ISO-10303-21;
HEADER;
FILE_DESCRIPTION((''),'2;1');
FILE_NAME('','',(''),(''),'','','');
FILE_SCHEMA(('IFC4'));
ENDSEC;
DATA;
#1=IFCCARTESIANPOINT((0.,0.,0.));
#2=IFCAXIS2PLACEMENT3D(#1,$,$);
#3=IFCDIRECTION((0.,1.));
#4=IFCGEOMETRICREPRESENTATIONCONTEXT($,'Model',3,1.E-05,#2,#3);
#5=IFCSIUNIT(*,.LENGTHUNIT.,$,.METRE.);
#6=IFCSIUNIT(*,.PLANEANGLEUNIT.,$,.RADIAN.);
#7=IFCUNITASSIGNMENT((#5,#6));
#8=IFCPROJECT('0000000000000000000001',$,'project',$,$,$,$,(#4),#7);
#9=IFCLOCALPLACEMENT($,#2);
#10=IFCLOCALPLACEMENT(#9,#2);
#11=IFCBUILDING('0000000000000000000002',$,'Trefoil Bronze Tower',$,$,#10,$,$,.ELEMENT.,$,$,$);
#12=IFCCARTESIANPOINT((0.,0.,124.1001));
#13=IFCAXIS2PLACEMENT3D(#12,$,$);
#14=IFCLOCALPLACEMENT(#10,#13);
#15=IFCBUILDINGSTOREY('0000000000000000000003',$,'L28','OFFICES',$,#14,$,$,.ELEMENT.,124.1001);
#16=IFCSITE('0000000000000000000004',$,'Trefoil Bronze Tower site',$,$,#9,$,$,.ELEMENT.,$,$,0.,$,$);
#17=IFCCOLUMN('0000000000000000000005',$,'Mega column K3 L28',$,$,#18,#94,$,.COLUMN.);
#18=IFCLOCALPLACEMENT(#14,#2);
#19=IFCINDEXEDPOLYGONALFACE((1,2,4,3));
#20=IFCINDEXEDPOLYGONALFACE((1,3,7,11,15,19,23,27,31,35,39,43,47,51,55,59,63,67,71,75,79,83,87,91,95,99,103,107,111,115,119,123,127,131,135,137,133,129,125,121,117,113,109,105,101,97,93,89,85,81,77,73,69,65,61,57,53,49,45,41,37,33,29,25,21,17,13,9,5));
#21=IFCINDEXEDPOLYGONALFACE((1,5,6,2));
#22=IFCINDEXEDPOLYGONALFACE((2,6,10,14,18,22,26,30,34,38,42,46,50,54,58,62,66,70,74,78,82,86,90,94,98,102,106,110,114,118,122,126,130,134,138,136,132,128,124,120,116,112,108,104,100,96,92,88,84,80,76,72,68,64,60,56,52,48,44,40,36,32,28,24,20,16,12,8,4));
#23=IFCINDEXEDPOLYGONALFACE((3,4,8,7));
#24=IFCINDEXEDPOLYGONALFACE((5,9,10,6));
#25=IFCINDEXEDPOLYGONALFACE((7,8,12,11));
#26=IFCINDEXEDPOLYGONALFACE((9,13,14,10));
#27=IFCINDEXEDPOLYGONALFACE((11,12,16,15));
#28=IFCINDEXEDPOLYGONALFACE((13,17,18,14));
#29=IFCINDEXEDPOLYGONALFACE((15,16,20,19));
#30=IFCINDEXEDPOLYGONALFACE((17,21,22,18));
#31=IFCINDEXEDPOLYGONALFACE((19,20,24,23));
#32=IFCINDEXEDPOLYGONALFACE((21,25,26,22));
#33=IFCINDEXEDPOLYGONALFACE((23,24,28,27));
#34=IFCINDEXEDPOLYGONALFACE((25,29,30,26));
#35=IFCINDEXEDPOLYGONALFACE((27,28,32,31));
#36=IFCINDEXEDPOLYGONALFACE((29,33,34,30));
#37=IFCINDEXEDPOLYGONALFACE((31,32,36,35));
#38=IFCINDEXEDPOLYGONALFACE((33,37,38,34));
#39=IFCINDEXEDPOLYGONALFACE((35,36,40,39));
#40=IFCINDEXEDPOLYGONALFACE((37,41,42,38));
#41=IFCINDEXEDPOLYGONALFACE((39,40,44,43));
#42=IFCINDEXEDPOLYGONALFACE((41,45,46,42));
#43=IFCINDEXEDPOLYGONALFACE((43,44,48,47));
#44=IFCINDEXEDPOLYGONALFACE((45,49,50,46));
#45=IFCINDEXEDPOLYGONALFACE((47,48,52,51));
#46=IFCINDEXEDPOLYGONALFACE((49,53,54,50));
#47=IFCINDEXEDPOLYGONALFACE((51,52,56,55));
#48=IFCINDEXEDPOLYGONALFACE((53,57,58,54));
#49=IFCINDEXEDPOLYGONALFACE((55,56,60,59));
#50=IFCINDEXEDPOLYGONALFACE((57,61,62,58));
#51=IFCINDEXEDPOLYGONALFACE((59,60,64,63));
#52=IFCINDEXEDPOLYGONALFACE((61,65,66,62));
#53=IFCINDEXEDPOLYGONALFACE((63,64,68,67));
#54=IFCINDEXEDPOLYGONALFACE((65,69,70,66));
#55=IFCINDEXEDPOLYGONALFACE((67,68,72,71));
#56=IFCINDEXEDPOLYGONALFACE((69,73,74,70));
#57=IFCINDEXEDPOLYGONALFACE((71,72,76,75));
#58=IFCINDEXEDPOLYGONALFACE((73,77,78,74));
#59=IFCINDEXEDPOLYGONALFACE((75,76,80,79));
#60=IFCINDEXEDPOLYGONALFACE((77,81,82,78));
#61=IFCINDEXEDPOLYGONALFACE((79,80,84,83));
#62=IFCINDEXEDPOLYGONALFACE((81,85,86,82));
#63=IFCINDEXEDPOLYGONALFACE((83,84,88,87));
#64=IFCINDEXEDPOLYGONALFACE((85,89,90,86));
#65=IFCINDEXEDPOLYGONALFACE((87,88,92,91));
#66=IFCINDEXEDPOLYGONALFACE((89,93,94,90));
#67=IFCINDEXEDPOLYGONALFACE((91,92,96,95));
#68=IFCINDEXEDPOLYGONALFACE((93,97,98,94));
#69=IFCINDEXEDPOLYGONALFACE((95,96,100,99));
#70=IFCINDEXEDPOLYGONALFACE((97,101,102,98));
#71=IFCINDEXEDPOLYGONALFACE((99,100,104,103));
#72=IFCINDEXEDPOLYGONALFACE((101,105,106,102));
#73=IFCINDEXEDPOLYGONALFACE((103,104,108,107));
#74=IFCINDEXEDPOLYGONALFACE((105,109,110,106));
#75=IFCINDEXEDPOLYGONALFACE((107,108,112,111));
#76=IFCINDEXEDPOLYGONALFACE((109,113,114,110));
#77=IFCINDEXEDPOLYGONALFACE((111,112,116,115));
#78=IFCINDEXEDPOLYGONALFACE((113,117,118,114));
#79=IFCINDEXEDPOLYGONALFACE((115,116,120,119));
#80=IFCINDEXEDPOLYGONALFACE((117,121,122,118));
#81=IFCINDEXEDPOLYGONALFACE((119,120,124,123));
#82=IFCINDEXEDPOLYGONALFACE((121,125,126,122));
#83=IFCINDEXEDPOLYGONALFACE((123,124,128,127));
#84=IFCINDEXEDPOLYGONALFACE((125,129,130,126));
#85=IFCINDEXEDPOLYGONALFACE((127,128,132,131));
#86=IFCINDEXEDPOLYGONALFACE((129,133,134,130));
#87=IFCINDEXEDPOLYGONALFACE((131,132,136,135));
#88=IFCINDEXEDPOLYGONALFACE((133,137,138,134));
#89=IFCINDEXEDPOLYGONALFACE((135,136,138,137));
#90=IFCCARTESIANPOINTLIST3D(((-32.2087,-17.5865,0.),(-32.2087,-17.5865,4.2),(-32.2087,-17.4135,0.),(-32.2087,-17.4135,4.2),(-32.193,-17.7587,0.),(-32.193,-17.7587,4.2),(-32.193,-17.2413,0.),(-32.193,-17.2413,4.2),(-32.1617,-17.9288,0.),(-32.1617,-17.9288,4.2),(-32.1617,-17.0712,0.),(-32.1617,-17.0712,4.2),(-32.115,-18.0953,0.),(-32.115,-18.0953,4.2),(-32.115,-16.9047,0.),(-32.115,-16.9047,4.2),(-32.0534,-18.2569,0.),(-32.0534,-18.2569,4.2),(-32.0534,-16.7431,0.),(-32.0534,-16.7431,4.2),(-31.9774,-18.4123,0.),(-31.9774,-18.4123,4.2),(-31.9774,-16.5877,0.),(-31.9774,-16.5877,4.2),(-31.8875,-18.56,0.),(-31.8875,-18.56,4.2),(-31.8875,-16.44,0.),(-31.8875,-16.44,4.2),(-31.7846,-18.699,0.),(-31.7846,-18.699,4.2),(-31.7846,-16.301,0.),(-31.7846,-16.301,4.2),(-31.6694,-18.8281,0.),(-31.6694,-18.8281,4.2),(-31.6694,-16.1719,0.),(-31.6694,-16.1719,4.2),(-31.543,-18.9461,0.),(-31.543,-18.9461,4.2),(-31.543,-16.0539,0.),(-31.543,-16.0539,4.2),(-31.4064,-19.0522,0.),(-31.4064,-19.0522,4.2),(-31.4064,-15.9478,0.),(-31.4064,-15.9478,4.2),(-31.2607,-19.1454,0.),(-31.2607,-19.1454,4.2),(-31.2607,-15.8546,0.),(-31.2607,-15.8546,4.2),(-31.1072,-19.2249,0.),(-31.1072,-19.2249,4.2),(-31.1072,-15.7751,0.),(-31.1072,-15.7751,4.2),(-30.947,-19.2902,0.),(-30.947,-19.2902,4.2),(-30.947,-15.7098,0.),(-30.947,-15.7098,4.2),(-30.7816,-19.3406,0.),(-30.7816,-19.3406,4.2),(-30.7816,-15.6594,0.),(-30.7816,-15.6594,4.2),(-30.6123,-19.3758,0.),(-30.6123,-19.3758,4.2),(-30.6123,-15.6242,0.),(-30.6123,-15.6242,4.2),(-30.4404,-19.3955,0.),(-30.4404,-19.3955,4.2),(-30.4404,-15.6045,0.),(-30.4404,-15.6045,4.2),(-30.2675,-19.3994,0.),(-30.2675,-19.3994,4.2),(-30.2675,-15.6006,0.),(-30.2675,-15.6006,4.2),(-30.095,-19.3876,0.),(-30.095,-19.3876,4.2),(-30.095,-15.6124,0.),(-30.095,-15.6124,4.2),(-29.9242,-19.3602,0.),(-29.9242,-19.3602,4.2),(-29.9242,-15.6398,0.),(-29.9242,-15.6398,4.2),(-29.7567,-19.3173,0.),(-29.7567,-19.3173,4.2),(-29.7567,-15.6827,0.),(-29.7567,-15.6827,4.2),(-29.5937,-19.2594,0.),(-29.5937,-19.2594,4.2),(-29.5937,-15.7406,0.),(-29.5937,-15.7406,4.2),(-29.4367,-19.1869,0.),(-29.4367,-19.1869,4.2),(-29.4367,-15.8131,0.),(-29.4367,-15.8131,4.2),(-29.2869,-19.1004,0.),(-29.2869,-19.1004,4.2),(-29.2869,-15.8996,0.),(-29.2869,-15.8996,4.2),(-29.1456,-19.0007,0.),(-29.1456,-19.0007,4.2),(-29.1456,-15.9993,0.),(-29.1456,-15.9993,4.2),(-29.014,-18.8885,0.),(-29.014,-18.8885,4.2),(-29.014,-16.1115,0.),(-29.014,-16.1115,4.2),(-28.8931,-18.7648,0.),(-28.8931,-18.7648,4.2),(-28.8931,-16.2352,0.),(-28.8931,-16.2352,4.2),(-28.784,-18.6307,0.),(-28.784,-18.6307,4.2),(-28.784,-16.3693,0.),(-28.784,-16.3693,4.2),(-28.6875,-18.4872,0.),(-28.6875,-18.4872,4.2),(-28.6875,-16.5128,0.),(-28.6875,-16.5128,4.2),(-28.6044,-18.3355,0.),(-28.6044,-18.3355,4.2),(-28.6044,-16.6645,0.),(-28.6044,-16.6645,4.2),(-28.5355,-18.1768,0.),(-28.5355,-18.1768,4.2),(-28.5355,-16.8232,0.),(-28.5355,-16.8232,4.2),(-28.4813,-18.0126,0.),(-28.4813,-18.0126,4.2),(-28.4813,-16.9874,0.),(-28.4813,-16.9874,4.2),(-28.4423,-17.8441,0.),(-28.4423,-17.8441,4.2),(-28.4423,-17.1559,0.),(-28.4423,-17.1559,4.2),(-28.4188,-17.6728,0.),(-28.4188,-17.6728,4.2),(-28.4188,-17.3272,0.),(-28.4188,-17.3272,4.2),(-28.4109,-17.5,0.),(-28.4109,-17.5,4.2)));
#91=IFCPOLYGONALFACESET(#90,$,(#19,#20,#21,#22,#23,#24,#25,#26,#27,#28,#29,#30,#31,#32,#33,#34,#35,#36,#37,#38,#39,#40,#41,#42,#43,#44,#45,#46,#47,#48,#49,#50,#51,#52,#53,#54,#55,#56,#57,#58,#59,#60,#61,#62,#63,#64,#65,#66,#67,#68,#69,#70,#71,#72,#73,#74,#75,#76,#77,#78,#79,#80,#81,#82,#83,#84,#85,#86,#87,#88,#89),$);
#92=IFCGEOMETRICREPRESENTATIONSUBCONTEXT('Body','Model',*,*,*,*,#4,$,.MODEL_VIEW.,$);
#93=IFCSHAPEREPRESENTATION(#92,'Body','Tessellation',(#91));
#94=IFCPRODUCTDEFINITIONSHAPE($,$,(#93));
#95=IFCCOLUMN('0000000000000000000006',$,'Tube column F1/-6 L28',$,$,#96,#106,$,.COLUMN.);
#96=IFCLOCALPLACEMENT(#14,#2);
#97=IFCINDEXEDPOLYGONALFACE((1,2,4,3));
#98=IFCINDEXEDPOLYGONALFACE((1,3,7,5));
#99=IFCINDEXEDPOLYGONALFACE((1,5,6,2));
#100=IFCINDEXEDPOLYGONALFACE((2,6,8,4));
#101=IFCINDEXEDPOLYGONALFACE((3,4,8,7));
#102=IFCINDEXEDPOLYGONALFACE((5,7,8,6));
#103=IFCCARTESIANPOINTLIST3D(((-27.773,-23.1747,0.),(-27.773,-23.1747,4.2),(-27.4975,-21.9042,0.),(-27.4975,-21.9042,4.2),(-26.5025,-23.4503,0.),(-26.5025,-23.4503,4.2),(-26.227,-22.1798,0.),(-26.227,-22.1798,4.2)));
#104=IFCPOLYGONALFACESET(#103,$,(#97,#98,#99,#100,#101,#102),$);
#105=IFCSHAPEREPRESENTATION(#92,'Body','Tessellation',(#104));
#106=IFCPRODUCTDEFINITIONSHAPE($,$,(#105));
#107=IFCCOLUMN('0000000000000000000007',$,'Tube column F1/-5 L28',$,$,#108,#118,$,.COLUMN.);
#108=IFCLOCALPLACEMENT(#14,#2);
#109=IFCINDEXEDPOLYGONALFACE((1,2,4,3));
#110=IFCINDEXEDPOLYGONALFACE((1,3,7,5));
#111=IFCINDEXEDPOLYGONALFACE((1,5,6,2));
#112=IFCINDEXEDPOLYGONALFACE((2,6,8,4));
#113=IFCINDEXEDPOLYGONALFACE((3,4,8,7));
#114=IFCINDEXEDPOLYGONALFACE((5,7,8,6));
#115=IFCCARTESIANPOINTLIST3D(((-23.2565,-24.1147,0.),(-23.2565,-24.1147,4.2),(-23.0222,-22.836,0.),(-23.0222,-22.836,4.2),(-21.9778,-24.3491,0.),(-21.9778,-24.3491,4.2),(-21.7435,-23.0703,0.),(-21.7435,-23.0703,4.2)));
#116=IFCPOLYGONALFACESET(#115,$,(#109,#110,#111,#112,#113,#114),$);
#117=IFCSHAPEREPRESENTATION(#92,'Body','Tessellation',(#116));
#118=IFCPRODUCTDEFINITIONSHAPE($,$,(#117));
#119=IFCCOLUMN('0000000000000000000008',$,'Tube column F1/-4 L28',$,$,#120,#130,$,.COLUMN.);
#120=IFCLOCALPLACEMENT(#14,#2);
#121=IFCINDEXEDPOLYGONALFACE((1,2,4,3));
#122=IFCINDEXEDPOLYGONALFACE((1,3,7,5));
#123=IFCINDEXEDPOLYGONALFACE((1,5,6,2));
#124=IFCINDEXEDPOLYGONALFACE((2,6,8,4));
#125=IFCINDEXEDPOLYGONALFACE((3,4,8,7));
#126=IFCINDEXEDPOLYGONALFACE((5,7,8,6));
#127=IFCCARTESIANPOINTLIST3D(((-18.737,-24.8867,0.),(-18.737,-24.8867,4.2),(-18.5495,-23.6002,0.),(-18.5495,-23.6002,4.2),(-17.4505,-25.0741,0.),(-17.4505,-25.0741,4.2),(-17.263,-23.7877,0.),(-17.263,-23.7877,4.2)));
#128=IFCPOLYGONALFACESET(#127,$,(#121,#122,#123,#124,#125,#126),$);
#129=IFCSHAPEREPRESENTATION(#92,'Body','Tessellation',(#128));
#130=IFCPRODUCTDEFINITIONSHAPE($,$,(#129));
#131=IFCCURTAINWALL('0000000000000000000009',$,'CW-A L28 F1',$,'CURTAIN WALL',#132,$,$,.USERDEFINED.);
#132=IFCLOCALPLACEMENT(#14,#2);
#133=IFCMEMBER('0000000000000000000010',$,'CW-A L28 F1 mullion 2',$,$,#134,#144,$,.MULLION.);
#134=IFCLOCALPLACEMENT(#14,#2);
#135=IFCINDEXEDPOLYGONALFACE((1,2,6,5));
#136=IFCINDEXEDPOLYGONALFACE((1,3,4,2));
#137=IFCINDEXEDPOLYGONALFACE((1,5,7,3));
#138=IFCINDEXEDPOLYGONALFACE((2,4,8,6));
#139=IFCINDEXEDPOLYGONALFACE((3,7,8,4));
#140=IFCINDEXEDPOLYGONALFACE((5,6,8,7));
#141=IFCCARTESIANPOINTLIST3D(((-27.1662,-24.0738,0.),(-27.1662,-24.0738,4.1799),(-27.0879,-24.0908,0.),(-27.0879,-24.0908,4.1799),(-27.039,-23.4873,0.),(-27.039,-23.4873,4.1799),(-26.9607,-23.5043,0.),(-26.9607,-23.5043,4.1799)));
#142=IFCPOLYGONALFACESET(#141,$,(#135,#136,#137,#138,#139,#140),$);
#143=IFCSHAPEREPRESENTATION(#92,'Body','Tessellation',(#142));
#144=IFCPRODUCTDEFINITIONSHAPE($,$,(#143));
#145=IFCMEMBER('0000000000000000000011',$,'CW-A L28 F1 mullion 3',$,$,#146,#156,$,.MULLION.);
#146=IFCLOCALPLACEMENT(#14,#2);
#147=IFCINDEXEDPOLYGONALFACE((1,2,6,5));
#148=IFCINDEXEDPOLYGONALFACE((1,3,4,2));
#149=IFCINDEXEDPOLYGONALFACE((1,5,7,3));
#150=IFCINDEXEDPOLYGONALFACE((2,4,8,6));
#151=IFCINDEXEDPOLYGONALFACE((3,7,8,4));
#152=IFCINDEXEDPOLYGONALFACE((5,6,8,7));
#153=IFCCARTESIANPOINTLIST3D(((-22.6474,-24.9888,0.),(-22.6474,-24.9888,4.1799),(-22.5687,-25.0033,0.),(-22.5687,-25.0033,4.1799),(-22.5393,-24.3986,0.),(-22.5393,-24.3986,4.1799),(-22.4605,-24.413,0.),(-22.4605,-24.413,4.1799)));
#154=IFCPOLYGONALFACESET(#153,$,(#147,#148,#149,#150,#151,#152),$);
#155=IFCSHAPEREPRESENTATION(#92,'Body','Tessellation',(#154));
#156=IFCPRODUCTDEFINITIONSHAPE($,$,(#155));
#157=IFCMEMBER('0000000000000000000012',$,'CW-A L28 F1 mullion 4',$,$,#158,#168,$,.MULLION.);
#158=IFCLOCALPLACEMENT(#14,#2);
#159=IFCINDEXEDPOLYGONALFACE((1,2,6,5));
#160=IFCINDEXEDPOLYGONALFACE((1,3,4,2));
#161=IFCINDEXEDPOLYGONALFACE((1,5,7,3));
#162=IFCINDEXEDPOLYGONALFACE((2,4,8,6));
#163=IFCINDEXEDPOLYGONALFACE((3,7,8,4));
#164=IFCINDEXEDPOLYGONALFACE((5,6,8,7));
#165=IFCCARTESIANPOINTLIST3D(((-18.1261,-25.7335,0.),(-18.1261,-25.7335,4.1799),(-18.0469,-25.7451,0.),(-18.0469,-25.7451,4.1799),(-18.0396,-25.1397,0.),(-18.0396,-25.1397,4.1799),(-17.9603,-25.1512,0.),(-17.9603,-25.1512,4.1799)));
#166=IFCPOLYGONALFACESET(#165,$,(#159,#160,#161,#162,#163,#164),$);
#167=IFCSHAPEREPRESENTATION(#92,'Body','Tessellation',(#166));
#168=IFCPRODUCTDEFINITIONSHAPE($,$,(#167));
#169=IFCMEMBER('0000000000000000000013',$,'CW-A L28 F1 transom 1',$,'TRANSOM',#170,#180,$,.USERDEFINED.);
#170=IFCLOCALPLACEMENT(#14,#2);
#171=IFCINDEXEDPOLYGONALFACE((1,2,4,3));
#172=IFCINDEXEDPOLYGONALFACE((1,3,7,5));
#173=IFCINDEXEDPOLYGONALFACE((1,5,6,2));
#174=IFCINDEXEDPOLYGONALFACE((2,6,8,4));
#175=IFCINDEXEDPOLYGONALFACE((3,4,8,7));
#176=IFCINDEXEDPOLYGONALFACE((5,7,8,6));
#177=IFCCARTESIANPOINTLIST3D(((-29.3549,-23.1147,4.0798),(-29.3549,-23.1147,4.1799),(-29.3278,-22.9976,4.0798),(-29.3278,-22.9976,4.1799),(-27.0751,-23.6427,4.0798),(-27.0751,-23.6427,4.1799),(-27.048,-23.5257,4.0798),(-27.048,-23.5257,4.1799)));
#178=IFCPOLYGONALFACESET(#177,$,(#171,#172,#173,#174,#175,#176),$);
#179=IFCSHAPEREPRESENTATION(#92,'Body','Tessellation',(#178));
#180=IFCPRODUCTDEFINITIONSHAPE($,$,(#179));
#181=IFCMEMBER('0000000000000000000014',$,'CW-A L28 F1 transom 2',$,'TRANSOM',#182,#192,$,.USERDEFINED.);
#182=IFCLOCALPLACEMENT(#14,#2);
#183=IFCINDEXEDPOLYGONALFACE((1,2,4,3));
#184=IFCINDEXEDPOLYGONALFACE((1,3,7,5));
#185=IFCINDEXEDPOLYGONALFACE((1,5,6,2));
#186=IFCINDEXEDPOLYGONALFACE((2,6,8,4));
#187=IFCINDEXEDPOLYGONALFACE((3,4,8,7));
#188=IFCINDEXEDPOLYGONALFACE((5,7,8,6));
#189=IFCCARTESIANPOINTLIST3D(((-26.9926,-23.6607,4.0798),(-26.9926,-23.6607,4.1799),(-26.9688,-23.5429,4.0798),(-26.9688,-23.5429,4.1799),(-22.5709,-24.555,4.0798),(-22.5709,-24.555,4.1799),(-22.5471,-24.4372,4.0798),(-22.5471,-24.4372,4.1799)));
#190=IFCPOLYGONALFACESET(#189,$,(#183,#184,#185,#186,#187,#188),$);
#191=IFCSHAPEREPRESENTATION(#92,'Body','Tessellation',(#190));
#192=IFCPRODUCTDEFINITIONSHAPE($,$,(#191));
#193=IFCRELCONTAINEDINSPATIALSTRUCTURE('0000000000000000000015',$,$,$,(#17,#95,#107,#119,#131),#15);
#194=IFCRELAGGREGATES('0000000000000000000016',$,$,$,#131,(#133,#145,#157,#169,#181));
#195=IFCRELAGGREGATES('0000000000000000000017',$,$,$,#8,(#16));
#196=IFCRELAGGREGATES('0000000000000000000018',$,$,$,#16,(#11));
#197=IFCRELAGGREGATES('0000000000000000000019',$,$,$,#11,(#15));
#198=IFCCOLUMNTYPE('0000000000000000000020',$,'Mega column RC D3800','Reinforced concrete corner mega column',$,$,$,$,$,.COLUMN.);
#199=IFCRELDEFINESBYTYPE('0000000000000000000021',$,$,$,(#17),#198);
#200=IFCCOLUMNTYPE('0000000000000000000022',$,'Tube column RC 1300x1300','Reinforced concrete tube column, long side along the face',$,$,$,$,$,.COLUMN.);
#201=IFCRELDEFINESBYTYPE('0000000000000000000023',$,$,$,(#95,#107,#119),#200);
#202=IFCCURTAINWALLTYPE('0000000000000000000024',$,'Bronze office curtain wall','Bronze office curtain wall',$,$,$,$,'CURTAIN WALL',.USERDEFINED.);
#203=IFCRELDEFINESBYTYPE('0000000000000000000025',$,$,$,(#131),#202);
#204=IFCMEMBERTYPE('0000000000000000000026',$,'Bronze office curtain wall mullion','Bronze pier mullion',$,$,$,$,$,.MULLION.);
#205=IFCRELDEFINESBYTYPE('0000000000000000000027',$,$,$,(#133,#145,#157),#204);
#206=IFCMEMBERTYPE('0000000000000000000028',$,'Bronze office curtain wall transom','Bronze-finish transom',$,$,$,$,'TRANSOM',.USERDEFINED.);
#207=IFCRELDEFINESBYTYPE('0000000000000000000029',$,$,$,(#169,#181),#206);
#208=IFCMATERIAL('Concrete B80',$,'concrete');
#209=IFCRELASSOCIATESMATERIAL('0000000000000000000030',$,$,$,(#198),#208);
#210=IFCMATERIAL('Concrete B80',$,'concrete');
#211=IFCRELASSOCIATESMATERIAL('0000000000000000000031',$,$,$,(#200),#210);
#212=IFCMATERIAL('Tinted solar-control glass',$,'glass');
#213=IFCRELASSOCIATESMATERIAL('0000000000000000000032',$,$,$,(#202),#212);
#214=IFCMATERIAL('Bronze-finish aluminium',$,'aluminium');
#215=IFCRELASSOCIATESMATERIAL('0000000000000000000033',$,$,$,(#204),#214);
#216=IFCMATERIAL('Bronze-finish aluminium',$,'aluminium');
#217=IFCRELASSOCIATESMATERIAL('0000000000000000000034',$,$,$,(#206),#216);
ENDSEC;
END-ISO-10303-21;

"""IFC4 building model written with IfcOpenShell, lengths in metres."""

from ifc_helpers import new_model, si_unit, direction, frame, origin, origin_2d, place, context, subcontext, project, spatial, rectangle, circle, extrude, material, material_profile, profile_set, type_object, element, aggregate, save


model = new_model("IFC4")

# Units and contexts
model_context = context("Model", 3, precision=1e-05, world=origin(), true_north=direction((0.0, 1.0)))
body_context = subcontext(model_context, "Body", "Model", "MODEL_VIEW")
ifc_project = project(units=[si_unit("LENGTHUNIT", "METRE"), si_unit("PLANEANGLEUNIT", "RADIAN")], contexts=[model_context])

# Site, building, storey
site_placement = place(None, origin())
site = spatial("IfcSite", under=ifc_project, at=site_placement, Name="Trefoil Bronze Tower site", CompositionType="ELEMENT", RefElevation=0.0)
building_placement = place(site_placement, origin())
building = spatial("IfcBuilding", under=site, at=building_placement, Name="Trefoil Bronze Tower", CompositionType="ELEMENT")
storey_placement = place(building_placement, frame((0.0, 0.0, 124.1001)))
storey = spatial("IfcBuildingStorey", under=building, at=storey_placement, Name="L28", Description="OFFICES", CompositionType="ELEMENT", Elevation=124.1001)

# Columns
ifc_material_1 = material(Name="Concrete B80", Category="concrete")
ifc_material_profile_1 = material_profile(ifc_material_1, circle(Radius=1.8999, at=origin_2d()), Name="RC D3800")
ifc_profile_set_1 = profile_set([ifc_material_profile_1], Name="Concrete B80")
column_type_1 = type_object("IfcColumnType", Name="Mega column RC D3800", Description="Reinforced concrete corner mega column", PredefinedType="COLUMN", material=ifc_profile_set_1)
column_placement = place(storey_placement, frame((-30.3108, -17.5, 0.0), z_axis=(0.0, 0.0, 1.0), x_axis=(1.0, 0.0, 0.0)))
element("IfcColumn", 1, at=column_placement, inside=storey, type_object=column_type_1, Name="Mega column K3 L28", PredefinedType="COLUMN", context=body_context, shape_type="SweptSolid", body=[
    extrude(circle(Radius=1.8999, at=origin_2d()), origin(), (0.0, 0.0, 1.0), 4.2),
])
ifc_material_2 = material(Name="Concrete B80", Category="concrete")
ifc_material_profile_2 = material_profile(ifc_material_2, rectangle(XDim=1.3, YDim=1.3, at=origin_2d()), Name="RC 1300x1300")
ifc_profile_set_2 = profile_set([ifc_material_profile_2], Name="Concrete B80")
column_type_2 = type_object("IfcColumnType", Name="Tube column RC 1300x1300", Description="Reinforced concrete tube column, long side along the face", PredefinedType="COLUMN", material=ifc_profile_set_2)
for number, where, z_axis, x_axis, name in (
    (2, (-27.0, -22.6772, 0.0), (0.0, 0.0, 1.0), (0.977276, -0.21197, 0.0), "Tube column F1/-6 L28"),
    (3, (-22.5, -23.5925, 0.0), (0.0, 0.0, 1.0), (0.983623, -0.180241, 0.0), "Tube column F1/-5 L28"),
    (4, (-18.0, -24.3372, 0.0), (0.0, 0.0, 1.0), (0.98955, -0.144192, 0.0), "Tube column F1/-4 L28"),
):
    element("IfcColumn", number, at=place(storey_placement, frame(where, z_axis=z_axis, x_axis=x_axis)), inside=storey, type_object=column_type_2, Name=name, PredefinedType="COLUMN", context=body_context, shape_type="SweptSolid", body=[
        extrude(rectangle(XDim=1.3, YDim=1.3, at=origin_2d()), origin(), (0.0, 0.0, 1.0), 4.2),
    ])

# Curtain wall, members
ifc_material_3 = material(Name="Tinted solar-control glass", Category="glass")
curtain_wall_type_1 = type_object("IfcCurtainWallType", Name="Bronze office curtain wall", Description="Bronze office curtain wall", ElementType="CURTAIN WALL", PredefinedType="USERDEFINED", material=ifc_material_3)
curtain_wall_1_placement = place(storey_placement, origin())
curtain_wall_1 = element("IfcCurtainWall", 5, at=curtain_wall_1_placement, inside=storey, type_object=curtain_wall_type_1, Name="CW-A L28 F1", ObjectType="CURTAIN WALL", PredefinedType="USERDEFINED")
ifc_material_4 = material(Name="Bronze-finish aluminium", Category="aluminium")
ifc_material_profile_3 = material_profile(ifc_material_4, rectangle(XDim=0.6001, YDim=0.0801, at=origin_2d()), Name="CW-A mullion")
ifc_profile_set_3 = profile_set([ifc_material_profile_3], Name="Bronze-finish aluminium")
member_type_1 = type_object("IfcMemberType", Name="Bronze office curtain wall mullion", Description="Bronze pier mullion", PredefinedType="MULLION", material=ifc_profile_set_3)
member_1_placement = place(storey_placement, frame((-27.0635, -23.7891, 0.0), z_axis=(0.0, 0.0, 1.0), x_axis=(0.21197, 0.977276, 0.0)))
member_1 = element("IfcMember", 6, at=member_1_placement, type_object=member_type_1, Name="CW-A L28 F1 mullion 2", PredefinedType="MULLION", context=body_context, shape_type="SweptSolid", body=[
    extrude(rectangle(XDim=0.6001, YDim=0.0801, at=origin_2d()), origin(), (0.0, 0.0, 1.0), 4.1799),
])
member_2_placement = place(storey_placement, frame((-22.554, -24.7009, 0.0), z_axis=(0.0, 0.0, 1.0), x_axis=(0.180241, 0.983623, 0.0)))
member_2 = element("IfcMember", 7, at=member_2_placement, type_object=member_type_1, Name="CW-A L28 F1 mullion 3", PredefinedType="MULLION", context=body_context, shape_type="SweptSolid", body=[
    extrude(rectangle(XDim=0.6001, YDim=0.0801, at=origin_2d()), origin(), (0.0, 0.0, 1.0), 4.1799),
])
member_3_placement = place(storey_placement, frame((-18.0432, -25.4424, 0.0), z_axis=(0.0, 0.0, 1.0), x_axis=(0.144192, 0.98955, 0.0)))
member_3 = element("IfcMember", 8, at=member_3_placement, type_object=member_type_1, Name="CW-A L28 F1 mullion 4", PredefinedType="MULLION", context=body_context, shape_type="SweptSolid", body=[
    extrude(rectangle(XDim=0.6001, YDim=0.0801, at=origin_2d()), origin(), (0.0, 0.0, 1.0), 4.1799),
])
ifc_material_5 = material(Name="Bronze-finish aluminium", Category="aluminium")
ifc_material_profile_4 = material_profile(ifc_material_5, rectangle(XDim=0.1201, YDim=0.1001, at=origin_2d()), Name="CW-A transom")
ifc_profile_set_4 = profile_set([ifc_material_profile_4], Name="Bronze-finish aluminium")
member_type_2 = type_object("IfcMemberType", Name="Bronze office curtain wall transom", Description="Bronze-finish transom", ElementType="TRANSOM", PredefinedType="USERDEFINED", material=ifc_profile_set_4)
member_4_placement = place(storey_placement, frame((-29.3413, -23.0562, 4.1299), z_axis=(0.974206, -0.225659, 0.0), x_axis=(0.225659, 0.974206, 0.0)))
member_4 = element("IfcMember", 9, at=member_4_placement, type_object=member_type_2, Name="CW-A L28 F1 transom 1", ObjectType="TRANSOM", PredefinedType="USERDEFINED", context=body_context, shape_type="SweptSolid", body=[
    extrude(rectangle(XDim=0.1201, YDim=0.1001, at=origin_2d()), origin(), (0.0, 0.0, 1.0), 2.3401),
])
member_5_placement = place(storey_placement, frame((-26.9807, -23.6018, 4.1299), z_axis=(0.980154, -0.198239, 0.0), x_axis=(0.198239, 0.980154, 0.0)))
member_5 = element("IfcMember", 10, at=member_5_placement, type_object=member_type_2, Name="CW-A L28 F1 transom 2", ObjectType="TRANSOM", PredefinedType="USERDEFINED", context=body_context, shape_type="SweptSolid", body=[
    extrude(rectangle(XDim=0.1201, YDim=0.1001, at=origin_2d()), origin(), (0.0, 0.0, 1.0), 4.5112),
])

aggregate(curtain_wall_1, [member_1, member_2, member_3, member_4, member_5])

save(model, "model.ifc")
